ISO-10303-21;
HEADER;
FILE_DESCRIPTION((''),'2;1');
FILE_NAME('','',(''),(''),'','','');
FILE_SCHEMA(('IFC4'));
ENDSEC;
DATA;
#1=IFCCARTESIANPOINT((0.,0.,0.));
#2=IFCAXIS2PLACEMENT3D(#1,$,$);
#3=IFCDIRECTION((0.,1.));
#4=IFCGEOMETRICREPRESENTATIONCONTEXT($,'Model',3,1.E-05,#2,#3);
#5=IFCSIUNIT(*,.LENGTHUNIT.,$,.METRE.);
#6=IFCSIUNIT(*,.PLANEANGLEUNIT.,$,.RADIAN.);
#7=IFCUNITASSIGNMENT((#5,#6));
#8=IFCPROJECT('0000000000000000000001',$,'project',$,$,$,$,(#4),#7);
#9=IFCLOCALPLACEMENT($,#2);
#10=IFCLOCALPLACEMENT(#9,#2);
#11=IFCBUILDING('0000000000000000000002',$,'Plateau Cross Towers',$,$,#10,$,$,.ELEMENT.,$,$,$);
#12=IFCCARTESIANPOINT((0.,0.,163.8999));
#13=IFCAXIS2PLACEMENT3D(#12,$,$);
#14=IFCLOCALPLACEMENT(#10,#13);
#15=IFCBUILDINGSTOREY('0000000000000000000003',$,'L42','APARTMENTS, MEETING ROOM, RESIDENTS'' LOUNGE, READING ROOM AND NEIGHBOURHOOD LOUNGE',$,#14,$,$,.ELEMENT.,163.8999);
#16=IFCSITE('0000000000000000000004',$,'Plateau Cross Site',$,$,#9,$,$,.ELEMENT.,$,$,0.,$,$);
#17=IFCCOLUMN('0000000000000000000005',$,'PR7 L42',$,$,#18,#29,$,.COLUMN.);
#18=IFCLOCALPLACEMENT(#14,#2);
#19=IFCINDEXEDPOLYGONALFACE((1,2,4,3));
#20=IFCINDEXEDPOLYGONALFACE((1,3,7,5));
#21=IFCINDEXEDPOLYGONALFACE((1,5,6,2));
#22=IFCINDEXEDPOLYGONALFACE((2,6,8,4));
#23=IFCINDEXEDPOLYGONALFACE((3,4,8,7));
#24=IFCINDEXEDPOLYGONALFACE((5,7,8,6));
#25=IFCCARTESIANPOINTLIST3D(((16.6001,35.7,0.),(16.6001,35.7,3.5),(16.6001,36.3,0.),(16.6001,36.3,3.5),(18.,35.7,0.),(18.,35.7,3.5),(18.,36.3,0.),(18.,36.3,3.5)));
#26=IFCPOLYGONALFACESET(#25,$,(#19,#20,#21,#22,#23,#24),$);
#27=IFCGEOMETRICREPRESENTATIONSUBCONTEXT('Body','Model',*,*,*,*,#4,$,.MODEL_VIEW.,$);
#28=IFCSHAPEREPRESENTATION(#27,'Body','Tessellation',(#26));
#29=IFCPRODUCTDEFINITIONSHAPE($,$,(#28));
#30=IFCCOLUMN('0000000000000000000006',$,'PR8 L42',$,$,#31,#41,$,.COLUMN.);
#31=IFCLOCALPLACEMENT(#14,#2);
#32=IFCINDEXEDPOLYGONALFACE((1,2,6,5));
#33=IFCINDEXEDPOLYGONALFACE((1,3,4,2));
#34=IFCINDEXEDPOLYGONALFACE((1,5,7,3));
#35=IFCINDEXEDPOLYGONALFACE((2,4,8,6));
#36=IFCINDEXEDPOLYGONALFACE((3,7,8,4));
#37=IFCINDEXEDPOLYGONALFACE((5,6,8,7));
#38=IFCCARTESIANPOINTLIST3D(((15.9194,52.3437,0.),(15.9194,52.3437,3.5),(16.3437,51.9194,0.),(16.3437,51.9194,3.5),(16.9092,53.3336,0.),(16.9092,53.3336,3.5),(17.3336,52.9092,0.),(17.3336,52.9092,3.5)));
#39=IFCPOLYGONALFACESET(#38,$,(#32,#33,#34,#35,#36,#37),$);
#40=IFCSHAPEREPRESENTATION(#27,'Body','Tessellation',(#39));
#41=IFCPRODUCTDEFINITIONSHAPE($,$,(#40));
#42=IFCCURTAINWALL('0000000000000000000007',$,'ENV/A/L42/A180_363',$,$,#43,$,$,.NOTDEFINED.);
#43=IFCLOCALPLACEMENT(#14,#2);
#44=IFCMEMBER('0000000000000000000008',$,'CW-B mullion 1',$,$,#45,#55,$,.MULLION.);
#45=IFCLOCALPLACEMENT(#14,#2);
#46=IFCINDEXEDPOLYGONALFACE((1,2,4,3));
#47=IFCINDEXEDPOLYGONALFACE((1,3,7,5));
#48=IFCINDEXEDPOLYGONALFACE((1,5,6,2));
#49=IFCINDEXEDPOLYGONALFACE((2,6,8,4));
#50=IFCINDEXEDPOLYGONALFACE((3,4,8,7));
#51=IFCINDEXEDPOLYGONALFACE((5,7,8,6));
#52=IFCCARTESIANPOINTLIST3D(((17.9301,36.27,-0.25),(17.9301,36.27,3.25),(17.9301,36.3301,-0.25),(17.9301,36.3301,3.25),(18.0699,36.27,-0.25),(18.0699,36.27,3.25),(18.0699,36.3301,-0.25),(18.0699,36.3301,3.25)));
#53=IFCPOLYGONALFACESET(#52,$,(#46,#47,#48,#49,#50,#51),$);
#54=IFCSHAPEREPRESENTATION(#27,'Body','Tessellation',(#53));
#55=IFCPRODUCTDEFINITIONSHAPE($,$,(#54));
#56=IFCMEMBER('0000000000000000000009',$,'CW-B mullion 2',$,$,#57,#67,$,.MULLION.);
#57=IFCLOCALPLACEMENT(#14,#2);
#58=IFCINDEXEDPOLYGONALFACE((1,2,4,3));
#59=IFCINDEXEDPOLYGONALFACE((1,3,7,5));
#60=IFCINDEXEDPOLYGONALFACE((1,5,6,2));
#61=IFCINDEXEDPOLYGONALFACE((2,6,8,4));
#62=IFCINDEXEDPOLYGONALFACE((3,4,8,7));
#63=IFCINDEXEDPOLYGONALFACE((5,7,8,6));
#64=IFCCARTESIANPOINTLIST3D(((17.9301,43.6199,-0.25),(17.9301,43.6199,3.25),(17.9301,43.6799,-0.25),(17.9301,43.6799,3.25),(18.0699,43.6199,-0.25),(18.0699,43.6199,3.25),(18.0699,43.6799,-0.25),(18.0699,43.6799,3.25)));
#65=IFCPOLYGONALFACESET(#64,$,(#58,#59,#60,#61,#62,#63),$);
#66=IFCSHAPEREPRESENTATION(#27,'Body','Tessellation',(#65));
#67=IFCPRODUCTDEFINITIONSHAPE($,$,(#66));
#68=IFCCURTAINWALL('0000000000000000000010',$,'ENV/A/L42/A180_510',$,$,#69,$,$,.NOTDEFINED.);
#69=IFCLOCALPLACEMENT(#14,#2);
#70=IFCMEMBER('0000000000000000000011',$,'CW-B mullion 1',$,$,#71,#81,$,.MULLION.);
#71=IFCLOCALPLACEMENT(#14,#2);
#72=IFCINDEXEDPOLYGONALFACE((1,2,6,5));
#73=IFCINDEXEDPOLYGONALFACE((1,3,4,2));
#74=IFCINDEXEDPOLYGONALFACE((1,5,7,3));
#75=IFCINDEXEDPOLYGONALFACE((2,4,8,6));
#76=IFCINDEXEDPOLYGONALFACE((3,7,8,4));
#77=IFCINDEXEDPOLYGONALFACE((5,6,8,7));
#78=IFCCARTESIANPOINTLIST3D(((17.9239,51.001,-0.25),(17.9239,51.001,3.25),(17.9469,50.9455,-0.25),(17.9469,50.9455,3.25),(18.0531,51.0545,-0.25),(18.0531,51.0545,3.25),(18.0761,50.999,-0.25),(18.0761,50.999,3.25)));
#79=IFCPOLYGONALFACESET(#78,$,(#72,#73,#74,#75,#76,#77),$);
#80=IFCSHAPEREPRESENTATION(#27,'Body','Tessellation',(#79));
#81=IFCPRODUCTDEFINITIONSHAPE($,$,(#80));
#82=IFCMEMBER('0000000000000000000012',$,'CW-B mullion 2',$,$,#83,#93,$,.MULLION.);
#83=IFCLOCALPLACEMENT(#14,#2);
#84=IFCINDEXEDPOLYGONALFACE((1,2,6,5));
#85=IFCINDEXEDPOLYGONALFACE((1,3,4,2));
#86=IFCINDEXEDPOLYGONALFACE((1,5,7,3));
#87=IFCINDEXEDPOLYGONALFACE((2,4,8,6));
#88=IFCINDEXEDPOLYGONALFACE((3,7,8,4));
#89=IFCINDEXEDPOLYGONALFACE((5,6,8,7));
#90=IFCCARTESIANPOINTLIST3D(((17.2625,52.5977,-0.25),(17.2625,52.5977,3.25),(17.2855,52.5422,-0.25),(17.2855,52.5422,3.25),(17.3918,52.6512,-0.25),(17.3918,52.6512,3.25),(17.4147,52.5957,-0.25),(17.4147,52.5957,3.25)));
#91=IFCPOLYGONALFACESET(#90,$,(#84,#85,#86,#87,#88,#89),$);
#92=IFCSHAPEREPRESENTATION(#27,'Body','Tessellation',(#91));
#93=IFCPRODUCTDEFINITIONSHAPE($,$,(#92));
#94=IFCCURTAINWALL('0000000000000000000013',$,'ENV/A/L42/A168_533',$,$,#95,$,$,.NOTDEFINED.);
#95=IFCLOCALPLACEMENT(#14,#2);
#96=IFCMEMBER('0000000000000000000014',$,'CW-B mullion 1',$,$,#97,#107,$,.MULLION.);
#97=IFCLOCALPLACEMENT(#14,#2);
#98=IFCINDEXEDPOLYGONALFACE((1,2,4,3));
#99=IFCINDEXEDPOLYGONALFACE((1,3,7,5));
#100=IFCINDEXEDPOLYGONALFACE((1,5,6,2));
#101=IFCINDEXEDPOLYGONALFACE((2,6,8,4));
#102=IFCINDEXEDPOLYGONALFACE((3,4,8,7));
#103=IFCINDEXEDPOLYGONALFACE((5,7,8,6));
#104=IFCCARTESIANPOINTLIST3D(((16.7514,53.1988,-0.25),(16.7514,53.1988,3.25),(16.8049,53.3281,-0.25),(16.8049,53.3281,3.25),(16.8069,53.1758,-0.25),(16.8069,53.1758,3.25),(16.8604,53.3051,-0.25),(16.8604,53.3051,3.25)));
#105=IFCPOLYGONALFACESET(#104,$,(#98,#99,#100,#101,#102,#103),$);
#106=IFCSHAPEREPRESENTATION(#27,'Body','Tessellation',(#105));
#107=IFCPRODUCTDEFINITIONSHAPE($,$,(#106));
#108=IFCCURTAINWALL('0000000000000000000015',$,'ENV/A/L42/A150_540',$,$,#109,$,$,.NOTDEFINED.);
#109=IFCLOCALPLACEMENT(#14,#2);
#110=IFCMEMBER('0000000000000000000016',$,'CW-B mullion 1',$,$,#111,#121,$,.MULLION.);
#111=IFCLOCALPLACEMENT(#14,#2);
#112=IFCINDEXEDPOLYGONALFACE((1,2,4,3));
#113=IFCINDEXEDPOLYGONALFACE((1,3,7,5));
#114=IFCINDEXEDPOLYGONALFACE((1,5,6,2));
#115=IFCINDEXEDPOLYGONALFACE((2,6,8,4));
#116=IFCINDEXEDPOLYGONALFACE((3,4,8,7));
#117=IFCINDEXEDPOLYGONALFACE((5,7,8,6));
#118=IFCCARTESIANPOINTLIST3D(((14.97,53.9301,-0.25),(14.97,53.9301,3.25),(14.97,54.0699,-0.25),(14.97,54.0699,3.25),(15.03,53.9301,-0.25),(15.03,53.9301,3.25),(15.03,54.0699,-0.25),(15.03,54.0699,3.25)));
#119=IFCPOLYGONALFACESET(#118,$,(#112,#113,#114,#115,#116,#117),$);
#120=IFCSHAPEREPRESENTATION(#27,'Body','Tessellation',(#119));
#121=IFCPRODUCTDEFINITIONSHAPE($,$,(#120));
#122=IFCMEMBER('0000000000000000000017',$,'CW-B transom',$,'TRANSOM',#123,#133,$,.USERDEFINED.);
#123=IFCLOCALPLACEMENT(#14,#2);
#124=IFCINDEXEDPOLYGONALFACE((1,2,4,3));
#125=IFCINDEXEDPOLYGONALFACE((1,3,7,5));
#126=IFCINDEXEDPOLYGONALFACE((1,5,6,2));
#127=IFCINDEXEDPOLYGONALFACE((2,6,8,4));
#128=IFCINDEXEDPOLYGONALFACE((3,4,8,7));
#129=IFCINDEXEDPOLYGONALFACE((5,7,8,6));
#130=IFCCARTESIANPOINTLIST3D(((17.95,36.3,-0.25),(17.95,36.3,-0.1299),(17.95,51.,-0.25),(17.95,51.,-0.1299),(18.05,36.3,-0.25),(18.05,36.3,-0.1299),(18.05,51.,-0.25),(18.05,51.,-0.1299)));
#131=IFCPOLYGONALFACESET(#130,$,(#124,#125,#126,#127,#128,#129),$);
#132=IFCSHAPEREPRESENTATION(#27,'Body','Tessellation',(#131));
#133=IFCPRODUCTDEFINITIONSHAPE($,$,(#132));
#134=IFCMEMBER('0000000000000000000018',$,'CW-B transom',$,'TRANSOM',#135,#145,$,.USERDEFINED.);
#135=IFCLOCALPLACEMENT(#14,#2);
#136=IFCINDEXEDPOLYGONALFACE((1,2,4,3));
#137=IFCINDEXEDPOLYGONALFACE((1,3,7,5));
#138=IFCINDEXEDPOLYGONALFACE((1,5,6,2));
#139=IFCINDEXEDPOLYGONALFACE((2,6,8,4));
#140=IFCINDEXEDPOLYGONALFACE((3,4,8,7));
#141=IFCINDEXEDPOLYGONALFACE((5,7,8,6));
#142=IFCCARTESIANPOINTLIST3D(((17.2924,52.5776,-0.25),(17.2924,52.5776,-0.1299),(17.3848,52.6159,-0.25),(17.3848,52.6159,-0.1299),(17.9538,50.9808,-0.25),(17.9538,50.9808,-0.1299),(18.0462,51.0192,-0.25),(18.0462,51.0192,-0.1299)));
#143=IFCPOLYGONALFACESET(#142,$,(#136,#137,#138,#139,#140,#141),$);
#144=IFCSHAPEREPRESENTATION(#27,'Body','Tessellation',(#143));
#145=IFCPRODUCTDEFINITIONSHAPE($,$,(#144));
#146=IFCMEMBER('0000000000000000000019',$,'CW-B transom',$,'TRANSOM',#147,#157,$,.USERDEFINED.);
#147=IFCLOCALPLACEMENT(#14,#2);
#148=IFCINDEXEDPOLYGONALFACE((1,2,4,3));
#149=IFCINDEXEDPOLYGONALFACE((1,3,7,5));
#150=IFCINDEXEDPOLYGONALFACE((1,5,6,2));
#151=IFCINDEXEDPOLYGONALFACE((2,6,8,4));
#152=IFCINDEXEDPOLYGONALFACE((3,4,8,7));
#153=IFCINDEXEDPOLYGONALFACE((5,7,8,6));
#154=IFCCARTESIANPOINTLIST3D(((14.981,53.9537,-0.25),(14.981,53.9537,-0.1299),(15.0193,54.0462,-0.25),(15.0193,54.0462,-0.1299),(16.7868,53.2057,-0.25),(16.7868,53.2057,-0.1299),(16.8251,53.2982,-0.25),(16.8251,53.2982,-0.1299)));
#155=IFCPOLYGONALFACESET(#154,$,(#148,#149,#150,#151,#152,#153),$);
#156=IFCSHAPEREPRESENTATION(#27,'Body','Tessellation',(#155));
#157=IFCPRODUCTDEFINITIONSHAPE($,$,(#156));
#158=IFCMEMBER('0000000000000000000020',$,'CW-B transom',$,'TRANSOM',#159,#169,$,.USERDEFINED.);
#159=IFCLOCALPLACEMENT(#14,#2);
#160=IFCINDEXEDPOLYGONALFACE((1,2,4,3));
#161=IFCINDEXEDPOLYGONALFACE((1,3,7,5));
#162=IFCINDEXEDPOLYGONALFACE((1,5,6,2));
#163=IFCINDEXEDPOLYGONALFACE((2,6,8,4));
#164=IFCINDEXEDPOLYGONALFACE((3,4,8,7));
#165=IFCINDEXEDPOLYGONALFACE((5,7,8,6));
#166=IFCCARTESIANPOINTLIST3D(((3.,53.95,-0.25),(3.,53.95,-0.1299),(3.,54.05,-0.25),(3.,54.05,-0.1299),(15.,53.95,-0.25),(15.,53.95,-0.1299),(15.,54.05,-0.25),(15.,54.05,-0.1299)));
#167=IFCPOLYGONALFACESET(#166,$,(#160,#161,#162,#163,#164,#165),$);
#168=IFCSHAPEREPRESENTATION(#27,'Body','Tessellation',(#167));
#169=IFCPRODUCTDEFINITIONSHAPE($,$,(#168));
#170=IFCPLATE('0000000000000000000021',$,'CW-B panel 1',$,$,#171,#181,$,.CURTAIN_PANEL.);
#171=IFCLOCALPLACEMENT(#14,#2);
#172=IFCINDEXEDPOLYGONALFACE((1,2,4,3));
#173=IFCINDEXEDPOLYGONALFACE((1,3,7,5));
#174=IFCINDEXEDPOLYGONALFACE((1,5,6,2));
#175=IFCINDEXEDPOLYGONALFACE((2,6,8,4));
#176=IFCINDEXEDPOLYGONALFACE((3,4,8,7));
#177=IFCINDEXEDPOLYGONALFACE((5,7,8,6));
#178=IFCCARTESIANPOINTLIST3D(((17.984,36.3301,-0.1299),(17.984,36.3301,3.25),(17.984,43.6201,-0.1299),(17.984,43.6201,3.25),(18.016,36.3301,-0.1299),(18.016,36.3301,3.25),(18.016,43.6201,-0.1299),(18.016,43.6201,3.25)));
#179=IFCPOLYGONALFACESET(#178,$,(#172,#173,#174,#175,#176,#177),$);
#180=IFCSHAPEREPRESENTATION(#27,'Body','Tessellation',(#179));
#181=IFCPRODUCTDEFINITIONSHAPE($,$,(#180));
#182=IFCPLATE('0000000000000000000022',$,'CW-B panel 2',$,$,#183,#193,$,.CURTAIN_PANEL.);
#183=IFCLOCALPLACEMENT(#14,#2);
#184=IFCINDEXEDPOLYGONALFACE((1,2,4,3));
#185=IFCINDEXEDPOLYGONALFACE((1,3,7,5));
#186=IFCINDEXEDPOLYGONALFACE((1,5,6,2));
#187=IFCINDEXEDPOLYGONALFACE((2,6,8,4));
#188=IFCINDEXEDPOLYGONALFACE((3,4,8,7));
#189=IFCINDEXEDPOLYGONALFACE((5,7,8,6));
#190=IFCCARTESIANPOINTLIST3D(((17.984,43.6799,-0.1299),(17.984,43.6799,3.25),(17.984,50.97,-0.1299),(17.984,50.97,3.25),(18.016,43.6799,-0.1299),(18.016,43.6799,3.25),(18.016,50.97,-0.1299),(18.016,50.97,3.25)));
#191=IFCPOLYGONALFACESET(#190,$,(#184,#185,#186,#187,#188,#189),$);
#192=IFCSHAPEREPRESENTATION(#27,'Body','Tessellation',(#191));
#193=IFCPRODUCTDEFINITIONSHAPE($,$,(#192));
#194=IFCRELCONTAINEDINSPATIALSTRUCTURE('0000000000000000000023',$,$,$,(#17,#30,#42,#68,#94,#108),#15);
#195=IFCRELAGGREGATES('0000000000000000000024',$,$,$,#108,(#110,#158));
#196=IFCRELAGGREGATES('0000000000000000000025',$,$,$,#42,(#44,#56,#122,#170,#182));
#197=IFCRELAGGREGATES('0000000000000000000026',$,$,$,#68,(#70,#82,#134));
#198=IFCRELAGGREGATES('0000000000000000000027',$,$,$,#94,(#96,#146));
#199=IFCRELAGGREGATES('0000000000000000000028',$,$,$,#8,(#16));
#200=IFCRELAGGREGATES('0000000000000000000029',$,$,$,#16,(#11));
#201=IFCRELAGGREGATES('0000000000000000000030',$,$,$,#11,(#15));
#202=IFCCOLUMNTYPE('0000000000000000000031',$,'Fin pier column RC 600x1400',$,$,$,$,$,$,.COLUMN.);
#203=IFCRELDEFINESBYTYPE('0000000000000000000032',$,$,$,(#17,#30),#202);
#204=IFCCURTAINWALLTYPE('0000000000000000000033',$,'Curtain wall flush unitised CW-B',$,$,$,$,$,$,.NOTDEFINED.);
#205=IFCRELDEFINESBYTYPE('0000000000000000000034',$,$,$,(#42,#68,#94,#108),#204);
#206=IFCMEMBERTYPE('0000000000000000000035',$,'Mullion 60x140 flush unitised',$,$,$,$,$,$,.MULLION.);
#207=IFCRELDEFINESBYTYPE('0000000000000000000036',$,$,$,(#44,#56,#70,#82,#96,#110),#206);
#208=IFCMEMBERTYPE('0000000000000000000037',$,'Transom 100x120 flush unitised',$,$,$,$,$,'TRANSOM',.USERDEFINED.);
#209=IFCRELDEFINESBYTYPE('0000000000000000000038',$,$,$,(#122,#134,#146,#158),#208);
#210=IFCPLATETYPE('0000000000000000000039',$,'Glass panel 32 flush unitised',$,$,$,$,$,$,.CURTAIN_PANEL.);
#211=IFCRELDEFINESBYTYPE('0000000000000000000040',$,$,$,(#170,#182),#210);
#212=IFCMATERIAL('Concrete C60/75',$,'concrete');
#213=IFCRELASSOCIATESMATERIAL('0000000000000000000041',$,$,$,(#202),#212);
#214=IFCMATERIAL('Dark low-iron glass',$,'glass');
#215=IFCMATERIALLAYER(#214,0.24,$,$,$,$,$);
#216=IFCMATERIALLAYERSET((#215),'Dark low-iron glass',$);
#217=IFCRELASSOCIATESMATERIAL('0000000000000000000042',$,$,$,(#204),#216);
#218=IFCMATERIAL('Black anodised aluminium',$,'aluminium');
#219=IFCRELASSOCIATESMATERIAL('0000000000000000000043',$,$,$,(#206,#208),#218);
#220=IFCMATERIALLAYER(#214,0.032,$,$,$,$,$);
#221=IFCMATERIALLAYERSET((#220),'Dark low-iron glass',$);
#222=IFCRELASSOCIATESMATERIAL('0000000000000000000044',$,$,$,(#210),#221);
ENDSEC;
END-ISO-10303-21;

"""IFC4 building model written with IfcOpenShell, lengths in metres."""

from ifc_helpers import new_model, si_unit, direction, frame, origin, origin_2d, place, context, subcontext, project, spatial, rectangle, extrude, material, layer, layer_set, material_profile, profile_set, type_object, element, aggregate, save


model = new_model("IFC4")

# Units and contexts
model_context = context("Model", 3, precision=1e-05, world=origin(), true_north=direction((0.0, 1.0)))
body_context = subcontext(model_context, "Body", "Model", "MODEL_VIEW")
ifc_project = project(units=[si_unit("LENGTHUNIT", "METRE"), si_unit("PLANEANGLEUNIT", "RADIAN")], contexts=[model_context])

# Site, building, storey
site_placement = place(None, origin())
site = spatial("IfcSite", under=ifc_project, at=site_placement, Name="Plateau Cross Site", CompositionType="ELEMENT", RefElevation=0.0)
building_placement = place(site_placement, origin())
building = spatial("IfcBuilding", under=site, at=building_placement, Name="Plateau Cross Towers", CompositionType="ELEMENT")
storey_placement = place(building_placement, frame((0.0, 0.0, 163.8999)))
storey = spatial("IfcBuildingStorey", under=building, at=storey_placement, Name="L42", Description="APARTMENTS, MEETING ROOM, RESIDENTS' LOUNGE, READING ROOM AND NEIGHBOURHOOD LOUNGE", CompositionType="ELEMENT", Elevation=163.8999)

# Columns
ifc_material_1 = material(Name="Concrete C60/75", Category="concrete")
ifc_material_profile_1 = material_profile(ifc_material_1, rectangle(XDim=0.6001, YDim=1.3999, at=origin_2d()), Name="RC 600x1400")
ifc_profile_set_1 = profile_set([ifc_material_profile_1], Name="Concrete C60/75")
column_type = type_object("IfcColumnType", Name="Fin pier column RC 600x1400", PredefinedType="COLUMN", material=ifc_profile_set_1)
for number, where, z_axis, x_axis, name in (
    (1, (17.3, 36.0, 0.0), (0.0, 0.0, 1.0), (0.0, 1.0, 0.0), "PR7 L42"),
    (2, (16.6265, 52.6265, 0.0), (0.0, 0.0, 1.0), (-0.707107, 0.707107, 0.0), "PR8 L42"),
):
    element("IfcColumn", number, at=place(storey_placement, frame(where, z_axis=z_axis, x_axis=x_axis)), inside=storey, type_object=column_type, Name=name, PredefinedType="COLUMN", context=body_context, shape_type="SweptSolid", body=[
        extrude(rectangle(XDim=0.6001, YDim=1.3999, at=origin_2d()), origin(), (0.0, 0.0, 1.0), 3.5),
    ])

# Curtain walls, members
ifc_material_2 = material(Name="Dark low-iron glass", Category="glass")
ifc_layer_1 = layer(ifc_material_2, 0.24)
ifc_layer_set_1 = layer_set([ifc_layer_1], Name="Dark low-iron glass")
curtain_wall_type = type_object("IfcCurtainWallType", Name="Curtain wall flush unitised CW-B", PredefinedType="NOTDEFINED", material=ifc_layer_set_1)
curtain_wall_1_placement = place(storey_placement, origin())
curtain_wall_1 = element("IfcCurtainWall", 3, at=curtain_wall_1_placement, inside=storey, type_object=curtain_wall_type, Name="ENV/A/L42/A180_363", PredefinedType="NOTDEFINED")
ifc_material_3 = material(Name="Black anodised aluminium", Category="aluminium")
ifc_material_profile_2 = material_profile(ifc_material_3, rectangle(XDim=0.0601, YDim=0.1399, at=origin_2d()), Name="MULLION 60x140")
ifc_profile_set_2 = profile_set([ifc_material_profile_2], Name="Black anodised aluminium")
member_type_1 = type_object("IfcMemberType", Name="Mullion 60x140 flush unitised", PredefinedType="MULLION", material=ifc_profile_set_2)
member_1_placement = place(storey_placement, frame((18.0, 36.3, -0.25), z_axis=(0.0, 0.0, 1.0), x_axis=(0.0, 1.0, 0.0)))
member_1 = element("IfcMember", 4, at=member_1_placement, type_object=member_type_1, Name="CW-B mullion 1", PredefinedType="MULLION", context=body_context, shape_type="SweptSolid", body=[
    extrude(rectangle(XDim=0.0601, YDim=0.1399, at=origin_2d()), origin(), (0.0, 0.0, 1.0), 3.5),
])
member_2_placement = place(storey_placement, frame((18.0, 43.6499, -0.25), z_axis=(0.0, 0.0, 1.0), x_axis=(0.0, 1.0, 0.0)))
member_2 = element("IfcMember", 5, at=member_2_placement, type_object=member_type_1, Name="CW-B mullion 2", PredefinedType="MULLION", context=body_context, shape_type="SweptSolid", body=[
    extrude(rectangle(XDim=0.0601, YDim=0.1399, at=origin_2d()), origin(), (0.0, 0.0, 1.0), 3.5),
])
curtain_wall_2_placement = place(storey_placement, origin())
curtain_wall_2 = element("IfcCurtainWall", 6, at=curtain_wall_2_placement, inside=storey, type_object=curtain_wall_type, Name="ENV/A/L42/A180_510", PredefinedType="NOTDEFINED")
member_3_placement = place(storey_placement, frame((18.0, 51.0, -0.25), z_axis=(0.0, 0.0, 1.0), x_axis=(-0.382684, 0.923879, 0.0)))
member_3 = element("IfcMember", 7, at=member_3_placement, type_object=member_type_1, Name="CW-B mullion 1", PredefinedType="MULLION", context=body_context, shape_type="SweptSolid", body=[
    extrude(rectangle(XDim=0.0601, YDim=0.1399, at=origin_2d()), origin(), (0.0, 0.0, 1.0), 3.5),
])
member_4_placement = place(storey_placement, frame((17.3386, 52.5967, -0.25), z_axis=(0.0, 0.0, 1.0), x_axis=(-0.382684, 0.923879, 0.0)))
member_4 = element("IfcMember", 8, at=member_4_placement, type_object=member_type_1, Name="CW-B mullion 2", PredefinedType="MULLION", context=body_context, shape_type="SweptSolid", body=[
    extrude(rectangle(XDim=0.0601, YDim=0.1399, at=origin_2d()), origin(), (0.0, 0.0, 1.0), 3.5),
])

# Curtain walls, members
curtain_wall_3_placement = place(storey_placement, origin())
curtain_wall_3 = element("IfcCurtainWall", 9, at=curtain_wall_3_placement, inside=storey, type_object=curtain_wall_type, Name="ENV/A/L42/A168_533", PredefinedType="NOTDEFINED")
member_5_placement = place(storey_placement, frame((16.8059, 53.252, -0.25), z_axis=(0.0, 0.0, 1.0), x_axis=(-0.923879, 0.382684, 0.0)))
member_5 = element("IfcMember", 10, at=member_5_placement, type_object=member_type_1, Name="CW-B mullion 1", PredefinedType="MULLION", context=body_context, shape_type="SweptSolid", body=[
    extrude(rectangle(XDim=0.0601, YDim=0.1399, at=origin_2d()), origin(), (0.0, 0.0, 1.0), 3.5),
])
curtain_wall_4_placement = place(storey_placement, origin())
curtain_wall_4 = element("IfcCurtainWall", 11, at=curtain_wall_4_placement, inside=storey, type_object=curtain_wall_type, Name="ENV/A/L42/A150_540", PredefinedType="NOTDEFINED")
member_6_placement = place(storey_placement, frame((15.0, 54.0, -0.25), z_axis=(0.0, 0.0, 1.0), x_axis=(-1.0, 0.0, 0.0)))
member_6 = element("IfcMember", 12, at=member_6_placement, type_object=member_type_1, Name="CW-B mullion 1", PredefinedType="MULLION", context=body_context, shape_type="SweptSolid", body=[
    extrude(rectangle(XDim=0.0601, YDim=0.1399, at=origin_2d()), origin(), (0.0, 0.0, 1.0), 3.5),
])

# Members
ifc_material_profile_3 = material_profile(ifc_material_3, rectangle(XDim=0.1001, YDim=0.1201, at=origin_2d()), Name="TRANSOM 100x120")
ifc_profile_set_3 = profile_set([ifc_material_profile_3], Name="Black anodised aluminium")
member_type_2 = type_object("IfcMemberType", Name="Transom 100x120 flush unitised", ElementType="TRANSOM", PredefinedType="USERDEFINED", material=ifc_profile_set_3)
member_7_placement = place(storey_placement, frame((18.0, 36.3, -0.1899), z_axis=(0.0, 1.0, 0.0), x_axis=(-1.0, 0.0, 0.0)))
member_7 = element("IfcMember", 13, at=member_7_placement, type_object=member_type_2, Name="CW-B transom", ObjectType="TRANSOM", PredefinedType="USERDEFINED", context=body_context, shape_type="SweptSolid", body=[
    extrude(rectangle(XDim=0.1001, YDim=0.1201, at=origin_2d()), origin(), (0.0, 0.0, 1.0), 14.7),
])
member_8_placement = place(storey_placement, frame((18.0, 51.0, -0.1899), z_axis=(-0.382689, 0.923877, 0.0), x_axis=(-0.923877, -0.382689, 0.0)))
member_8 = element("IfcMember", 14, at=member_8_placement, type_object=member_type_2, Name="CW-B transom", ObjectType="TRANSOM", PredefinedType="USERDEFINED", context=body_context, shape_type="SweptSolid", body=[
    extrude(rectangle(XDim=0.1001, YDim=0.1201, at=origin_2d()), origin(), (0.0, 0.0, 1.0), 1.7283),
])
member_9_placement = place(storey_placement, frame((16.8059, 53.252, -0.1899), z_axis=(-0.923877, 0.38269, 0.0), x_axis=(-0.38269, -0.923877, 0.0)))
member_9 = element("IfcMember", 15, at=member_9_placement, type_object=member_type_2, Name="CW-B transom", ObjectType="TRANSOM", PredefinedType="USERDEFINED", context=body_context, shape_type="SweptSolid", body=[
    extrude(rectangle(XDim=0.1001, YDim=0.1201, at=origin_2d()), origin(), (0.0, 0.0, 1.0), 1.9546),
])
member_10_placement = place(storey_placement, frame((15.0, 54.0, -0.1899), z_axis=(-1.0, 0.0, 0.0), x_axis=(0.0, -1.0, 0.0)))
member_10 = element("IfcMember", 16, at=member_10_placement, type_object=member_type_2, Name="CW-B transom", ObjectType="TRANSOM", PredefinedType="USERDEFINED", context=body_context, shape_type="SweptSolid", body=[
    extrude(rectangle(XDim=0.1001, YDim=0.1201, at=origin_2d()), origin(), (0.0, 0.0, 1.0), 12.0),
])
aggregate(curtain_wall_4, [member_6, member_10])

# Plates
ifc_layer_2 = layer(ifc_material_2, 0.032)
ifc_layer_set_2 = layer_set([ifc_layer_2], Name="Dark low-iron glass")
plate_type = type_object("IfcPlateType", Name="Glass panel 32 flush unitised", PredefinedType="CURTAIN_PANEL", material=ifc_layer_set_2)
plate_1_placement = place(storey_placement, frame((18.0, 39.9751, -0.1299), z_axis=(0.0, 0.0, 1.0), x_axis=(0.0, 1.0, 0.0)))
plate_1 = element("IfcPlate", 17, at=plate_1_placement, type_object=plate_type, Name="CW-B panel 1", PredefinedType="CURTAIN_PANEL", context=body_context, shape_type="SweptSolid", body=[
    extrude(rectangle(XDim=7.29, YDim=0.032, at=origin_2d()), origin(), (0.0, 0.0, 1.0), 3.3799),
])
plate_2_placement = place(storey_placement, frame((18.0, 47.325, -0.1299), z_axis=(0.0, 0.0, 1.0), x_axis=(0.0, 1.0, 0.0)))
plate_2 = element("IfcPlate", 18, at=plate_2_placement, type_object=plate_type, Name="CW-B panel 2", PredefinedType="CURTAIN_PANEL", context=body_context, shape_type="SweptSolid", body=[
    extrude(rectangle(XDim=7.29, YDim=0.032, at=origin_2d()), origin(), (0.0, 0.0, 1.0), 3.3799),
])
aggregate(curtain_wall_1, [member_1, member_2, member_7, plate_1, plate_2])
aggregate(curtain_wall_2, [member_3, member_4, member_8])
aggregate(curtain_wall_3, [member_5, member_9])

save(model, "model.ifc")
